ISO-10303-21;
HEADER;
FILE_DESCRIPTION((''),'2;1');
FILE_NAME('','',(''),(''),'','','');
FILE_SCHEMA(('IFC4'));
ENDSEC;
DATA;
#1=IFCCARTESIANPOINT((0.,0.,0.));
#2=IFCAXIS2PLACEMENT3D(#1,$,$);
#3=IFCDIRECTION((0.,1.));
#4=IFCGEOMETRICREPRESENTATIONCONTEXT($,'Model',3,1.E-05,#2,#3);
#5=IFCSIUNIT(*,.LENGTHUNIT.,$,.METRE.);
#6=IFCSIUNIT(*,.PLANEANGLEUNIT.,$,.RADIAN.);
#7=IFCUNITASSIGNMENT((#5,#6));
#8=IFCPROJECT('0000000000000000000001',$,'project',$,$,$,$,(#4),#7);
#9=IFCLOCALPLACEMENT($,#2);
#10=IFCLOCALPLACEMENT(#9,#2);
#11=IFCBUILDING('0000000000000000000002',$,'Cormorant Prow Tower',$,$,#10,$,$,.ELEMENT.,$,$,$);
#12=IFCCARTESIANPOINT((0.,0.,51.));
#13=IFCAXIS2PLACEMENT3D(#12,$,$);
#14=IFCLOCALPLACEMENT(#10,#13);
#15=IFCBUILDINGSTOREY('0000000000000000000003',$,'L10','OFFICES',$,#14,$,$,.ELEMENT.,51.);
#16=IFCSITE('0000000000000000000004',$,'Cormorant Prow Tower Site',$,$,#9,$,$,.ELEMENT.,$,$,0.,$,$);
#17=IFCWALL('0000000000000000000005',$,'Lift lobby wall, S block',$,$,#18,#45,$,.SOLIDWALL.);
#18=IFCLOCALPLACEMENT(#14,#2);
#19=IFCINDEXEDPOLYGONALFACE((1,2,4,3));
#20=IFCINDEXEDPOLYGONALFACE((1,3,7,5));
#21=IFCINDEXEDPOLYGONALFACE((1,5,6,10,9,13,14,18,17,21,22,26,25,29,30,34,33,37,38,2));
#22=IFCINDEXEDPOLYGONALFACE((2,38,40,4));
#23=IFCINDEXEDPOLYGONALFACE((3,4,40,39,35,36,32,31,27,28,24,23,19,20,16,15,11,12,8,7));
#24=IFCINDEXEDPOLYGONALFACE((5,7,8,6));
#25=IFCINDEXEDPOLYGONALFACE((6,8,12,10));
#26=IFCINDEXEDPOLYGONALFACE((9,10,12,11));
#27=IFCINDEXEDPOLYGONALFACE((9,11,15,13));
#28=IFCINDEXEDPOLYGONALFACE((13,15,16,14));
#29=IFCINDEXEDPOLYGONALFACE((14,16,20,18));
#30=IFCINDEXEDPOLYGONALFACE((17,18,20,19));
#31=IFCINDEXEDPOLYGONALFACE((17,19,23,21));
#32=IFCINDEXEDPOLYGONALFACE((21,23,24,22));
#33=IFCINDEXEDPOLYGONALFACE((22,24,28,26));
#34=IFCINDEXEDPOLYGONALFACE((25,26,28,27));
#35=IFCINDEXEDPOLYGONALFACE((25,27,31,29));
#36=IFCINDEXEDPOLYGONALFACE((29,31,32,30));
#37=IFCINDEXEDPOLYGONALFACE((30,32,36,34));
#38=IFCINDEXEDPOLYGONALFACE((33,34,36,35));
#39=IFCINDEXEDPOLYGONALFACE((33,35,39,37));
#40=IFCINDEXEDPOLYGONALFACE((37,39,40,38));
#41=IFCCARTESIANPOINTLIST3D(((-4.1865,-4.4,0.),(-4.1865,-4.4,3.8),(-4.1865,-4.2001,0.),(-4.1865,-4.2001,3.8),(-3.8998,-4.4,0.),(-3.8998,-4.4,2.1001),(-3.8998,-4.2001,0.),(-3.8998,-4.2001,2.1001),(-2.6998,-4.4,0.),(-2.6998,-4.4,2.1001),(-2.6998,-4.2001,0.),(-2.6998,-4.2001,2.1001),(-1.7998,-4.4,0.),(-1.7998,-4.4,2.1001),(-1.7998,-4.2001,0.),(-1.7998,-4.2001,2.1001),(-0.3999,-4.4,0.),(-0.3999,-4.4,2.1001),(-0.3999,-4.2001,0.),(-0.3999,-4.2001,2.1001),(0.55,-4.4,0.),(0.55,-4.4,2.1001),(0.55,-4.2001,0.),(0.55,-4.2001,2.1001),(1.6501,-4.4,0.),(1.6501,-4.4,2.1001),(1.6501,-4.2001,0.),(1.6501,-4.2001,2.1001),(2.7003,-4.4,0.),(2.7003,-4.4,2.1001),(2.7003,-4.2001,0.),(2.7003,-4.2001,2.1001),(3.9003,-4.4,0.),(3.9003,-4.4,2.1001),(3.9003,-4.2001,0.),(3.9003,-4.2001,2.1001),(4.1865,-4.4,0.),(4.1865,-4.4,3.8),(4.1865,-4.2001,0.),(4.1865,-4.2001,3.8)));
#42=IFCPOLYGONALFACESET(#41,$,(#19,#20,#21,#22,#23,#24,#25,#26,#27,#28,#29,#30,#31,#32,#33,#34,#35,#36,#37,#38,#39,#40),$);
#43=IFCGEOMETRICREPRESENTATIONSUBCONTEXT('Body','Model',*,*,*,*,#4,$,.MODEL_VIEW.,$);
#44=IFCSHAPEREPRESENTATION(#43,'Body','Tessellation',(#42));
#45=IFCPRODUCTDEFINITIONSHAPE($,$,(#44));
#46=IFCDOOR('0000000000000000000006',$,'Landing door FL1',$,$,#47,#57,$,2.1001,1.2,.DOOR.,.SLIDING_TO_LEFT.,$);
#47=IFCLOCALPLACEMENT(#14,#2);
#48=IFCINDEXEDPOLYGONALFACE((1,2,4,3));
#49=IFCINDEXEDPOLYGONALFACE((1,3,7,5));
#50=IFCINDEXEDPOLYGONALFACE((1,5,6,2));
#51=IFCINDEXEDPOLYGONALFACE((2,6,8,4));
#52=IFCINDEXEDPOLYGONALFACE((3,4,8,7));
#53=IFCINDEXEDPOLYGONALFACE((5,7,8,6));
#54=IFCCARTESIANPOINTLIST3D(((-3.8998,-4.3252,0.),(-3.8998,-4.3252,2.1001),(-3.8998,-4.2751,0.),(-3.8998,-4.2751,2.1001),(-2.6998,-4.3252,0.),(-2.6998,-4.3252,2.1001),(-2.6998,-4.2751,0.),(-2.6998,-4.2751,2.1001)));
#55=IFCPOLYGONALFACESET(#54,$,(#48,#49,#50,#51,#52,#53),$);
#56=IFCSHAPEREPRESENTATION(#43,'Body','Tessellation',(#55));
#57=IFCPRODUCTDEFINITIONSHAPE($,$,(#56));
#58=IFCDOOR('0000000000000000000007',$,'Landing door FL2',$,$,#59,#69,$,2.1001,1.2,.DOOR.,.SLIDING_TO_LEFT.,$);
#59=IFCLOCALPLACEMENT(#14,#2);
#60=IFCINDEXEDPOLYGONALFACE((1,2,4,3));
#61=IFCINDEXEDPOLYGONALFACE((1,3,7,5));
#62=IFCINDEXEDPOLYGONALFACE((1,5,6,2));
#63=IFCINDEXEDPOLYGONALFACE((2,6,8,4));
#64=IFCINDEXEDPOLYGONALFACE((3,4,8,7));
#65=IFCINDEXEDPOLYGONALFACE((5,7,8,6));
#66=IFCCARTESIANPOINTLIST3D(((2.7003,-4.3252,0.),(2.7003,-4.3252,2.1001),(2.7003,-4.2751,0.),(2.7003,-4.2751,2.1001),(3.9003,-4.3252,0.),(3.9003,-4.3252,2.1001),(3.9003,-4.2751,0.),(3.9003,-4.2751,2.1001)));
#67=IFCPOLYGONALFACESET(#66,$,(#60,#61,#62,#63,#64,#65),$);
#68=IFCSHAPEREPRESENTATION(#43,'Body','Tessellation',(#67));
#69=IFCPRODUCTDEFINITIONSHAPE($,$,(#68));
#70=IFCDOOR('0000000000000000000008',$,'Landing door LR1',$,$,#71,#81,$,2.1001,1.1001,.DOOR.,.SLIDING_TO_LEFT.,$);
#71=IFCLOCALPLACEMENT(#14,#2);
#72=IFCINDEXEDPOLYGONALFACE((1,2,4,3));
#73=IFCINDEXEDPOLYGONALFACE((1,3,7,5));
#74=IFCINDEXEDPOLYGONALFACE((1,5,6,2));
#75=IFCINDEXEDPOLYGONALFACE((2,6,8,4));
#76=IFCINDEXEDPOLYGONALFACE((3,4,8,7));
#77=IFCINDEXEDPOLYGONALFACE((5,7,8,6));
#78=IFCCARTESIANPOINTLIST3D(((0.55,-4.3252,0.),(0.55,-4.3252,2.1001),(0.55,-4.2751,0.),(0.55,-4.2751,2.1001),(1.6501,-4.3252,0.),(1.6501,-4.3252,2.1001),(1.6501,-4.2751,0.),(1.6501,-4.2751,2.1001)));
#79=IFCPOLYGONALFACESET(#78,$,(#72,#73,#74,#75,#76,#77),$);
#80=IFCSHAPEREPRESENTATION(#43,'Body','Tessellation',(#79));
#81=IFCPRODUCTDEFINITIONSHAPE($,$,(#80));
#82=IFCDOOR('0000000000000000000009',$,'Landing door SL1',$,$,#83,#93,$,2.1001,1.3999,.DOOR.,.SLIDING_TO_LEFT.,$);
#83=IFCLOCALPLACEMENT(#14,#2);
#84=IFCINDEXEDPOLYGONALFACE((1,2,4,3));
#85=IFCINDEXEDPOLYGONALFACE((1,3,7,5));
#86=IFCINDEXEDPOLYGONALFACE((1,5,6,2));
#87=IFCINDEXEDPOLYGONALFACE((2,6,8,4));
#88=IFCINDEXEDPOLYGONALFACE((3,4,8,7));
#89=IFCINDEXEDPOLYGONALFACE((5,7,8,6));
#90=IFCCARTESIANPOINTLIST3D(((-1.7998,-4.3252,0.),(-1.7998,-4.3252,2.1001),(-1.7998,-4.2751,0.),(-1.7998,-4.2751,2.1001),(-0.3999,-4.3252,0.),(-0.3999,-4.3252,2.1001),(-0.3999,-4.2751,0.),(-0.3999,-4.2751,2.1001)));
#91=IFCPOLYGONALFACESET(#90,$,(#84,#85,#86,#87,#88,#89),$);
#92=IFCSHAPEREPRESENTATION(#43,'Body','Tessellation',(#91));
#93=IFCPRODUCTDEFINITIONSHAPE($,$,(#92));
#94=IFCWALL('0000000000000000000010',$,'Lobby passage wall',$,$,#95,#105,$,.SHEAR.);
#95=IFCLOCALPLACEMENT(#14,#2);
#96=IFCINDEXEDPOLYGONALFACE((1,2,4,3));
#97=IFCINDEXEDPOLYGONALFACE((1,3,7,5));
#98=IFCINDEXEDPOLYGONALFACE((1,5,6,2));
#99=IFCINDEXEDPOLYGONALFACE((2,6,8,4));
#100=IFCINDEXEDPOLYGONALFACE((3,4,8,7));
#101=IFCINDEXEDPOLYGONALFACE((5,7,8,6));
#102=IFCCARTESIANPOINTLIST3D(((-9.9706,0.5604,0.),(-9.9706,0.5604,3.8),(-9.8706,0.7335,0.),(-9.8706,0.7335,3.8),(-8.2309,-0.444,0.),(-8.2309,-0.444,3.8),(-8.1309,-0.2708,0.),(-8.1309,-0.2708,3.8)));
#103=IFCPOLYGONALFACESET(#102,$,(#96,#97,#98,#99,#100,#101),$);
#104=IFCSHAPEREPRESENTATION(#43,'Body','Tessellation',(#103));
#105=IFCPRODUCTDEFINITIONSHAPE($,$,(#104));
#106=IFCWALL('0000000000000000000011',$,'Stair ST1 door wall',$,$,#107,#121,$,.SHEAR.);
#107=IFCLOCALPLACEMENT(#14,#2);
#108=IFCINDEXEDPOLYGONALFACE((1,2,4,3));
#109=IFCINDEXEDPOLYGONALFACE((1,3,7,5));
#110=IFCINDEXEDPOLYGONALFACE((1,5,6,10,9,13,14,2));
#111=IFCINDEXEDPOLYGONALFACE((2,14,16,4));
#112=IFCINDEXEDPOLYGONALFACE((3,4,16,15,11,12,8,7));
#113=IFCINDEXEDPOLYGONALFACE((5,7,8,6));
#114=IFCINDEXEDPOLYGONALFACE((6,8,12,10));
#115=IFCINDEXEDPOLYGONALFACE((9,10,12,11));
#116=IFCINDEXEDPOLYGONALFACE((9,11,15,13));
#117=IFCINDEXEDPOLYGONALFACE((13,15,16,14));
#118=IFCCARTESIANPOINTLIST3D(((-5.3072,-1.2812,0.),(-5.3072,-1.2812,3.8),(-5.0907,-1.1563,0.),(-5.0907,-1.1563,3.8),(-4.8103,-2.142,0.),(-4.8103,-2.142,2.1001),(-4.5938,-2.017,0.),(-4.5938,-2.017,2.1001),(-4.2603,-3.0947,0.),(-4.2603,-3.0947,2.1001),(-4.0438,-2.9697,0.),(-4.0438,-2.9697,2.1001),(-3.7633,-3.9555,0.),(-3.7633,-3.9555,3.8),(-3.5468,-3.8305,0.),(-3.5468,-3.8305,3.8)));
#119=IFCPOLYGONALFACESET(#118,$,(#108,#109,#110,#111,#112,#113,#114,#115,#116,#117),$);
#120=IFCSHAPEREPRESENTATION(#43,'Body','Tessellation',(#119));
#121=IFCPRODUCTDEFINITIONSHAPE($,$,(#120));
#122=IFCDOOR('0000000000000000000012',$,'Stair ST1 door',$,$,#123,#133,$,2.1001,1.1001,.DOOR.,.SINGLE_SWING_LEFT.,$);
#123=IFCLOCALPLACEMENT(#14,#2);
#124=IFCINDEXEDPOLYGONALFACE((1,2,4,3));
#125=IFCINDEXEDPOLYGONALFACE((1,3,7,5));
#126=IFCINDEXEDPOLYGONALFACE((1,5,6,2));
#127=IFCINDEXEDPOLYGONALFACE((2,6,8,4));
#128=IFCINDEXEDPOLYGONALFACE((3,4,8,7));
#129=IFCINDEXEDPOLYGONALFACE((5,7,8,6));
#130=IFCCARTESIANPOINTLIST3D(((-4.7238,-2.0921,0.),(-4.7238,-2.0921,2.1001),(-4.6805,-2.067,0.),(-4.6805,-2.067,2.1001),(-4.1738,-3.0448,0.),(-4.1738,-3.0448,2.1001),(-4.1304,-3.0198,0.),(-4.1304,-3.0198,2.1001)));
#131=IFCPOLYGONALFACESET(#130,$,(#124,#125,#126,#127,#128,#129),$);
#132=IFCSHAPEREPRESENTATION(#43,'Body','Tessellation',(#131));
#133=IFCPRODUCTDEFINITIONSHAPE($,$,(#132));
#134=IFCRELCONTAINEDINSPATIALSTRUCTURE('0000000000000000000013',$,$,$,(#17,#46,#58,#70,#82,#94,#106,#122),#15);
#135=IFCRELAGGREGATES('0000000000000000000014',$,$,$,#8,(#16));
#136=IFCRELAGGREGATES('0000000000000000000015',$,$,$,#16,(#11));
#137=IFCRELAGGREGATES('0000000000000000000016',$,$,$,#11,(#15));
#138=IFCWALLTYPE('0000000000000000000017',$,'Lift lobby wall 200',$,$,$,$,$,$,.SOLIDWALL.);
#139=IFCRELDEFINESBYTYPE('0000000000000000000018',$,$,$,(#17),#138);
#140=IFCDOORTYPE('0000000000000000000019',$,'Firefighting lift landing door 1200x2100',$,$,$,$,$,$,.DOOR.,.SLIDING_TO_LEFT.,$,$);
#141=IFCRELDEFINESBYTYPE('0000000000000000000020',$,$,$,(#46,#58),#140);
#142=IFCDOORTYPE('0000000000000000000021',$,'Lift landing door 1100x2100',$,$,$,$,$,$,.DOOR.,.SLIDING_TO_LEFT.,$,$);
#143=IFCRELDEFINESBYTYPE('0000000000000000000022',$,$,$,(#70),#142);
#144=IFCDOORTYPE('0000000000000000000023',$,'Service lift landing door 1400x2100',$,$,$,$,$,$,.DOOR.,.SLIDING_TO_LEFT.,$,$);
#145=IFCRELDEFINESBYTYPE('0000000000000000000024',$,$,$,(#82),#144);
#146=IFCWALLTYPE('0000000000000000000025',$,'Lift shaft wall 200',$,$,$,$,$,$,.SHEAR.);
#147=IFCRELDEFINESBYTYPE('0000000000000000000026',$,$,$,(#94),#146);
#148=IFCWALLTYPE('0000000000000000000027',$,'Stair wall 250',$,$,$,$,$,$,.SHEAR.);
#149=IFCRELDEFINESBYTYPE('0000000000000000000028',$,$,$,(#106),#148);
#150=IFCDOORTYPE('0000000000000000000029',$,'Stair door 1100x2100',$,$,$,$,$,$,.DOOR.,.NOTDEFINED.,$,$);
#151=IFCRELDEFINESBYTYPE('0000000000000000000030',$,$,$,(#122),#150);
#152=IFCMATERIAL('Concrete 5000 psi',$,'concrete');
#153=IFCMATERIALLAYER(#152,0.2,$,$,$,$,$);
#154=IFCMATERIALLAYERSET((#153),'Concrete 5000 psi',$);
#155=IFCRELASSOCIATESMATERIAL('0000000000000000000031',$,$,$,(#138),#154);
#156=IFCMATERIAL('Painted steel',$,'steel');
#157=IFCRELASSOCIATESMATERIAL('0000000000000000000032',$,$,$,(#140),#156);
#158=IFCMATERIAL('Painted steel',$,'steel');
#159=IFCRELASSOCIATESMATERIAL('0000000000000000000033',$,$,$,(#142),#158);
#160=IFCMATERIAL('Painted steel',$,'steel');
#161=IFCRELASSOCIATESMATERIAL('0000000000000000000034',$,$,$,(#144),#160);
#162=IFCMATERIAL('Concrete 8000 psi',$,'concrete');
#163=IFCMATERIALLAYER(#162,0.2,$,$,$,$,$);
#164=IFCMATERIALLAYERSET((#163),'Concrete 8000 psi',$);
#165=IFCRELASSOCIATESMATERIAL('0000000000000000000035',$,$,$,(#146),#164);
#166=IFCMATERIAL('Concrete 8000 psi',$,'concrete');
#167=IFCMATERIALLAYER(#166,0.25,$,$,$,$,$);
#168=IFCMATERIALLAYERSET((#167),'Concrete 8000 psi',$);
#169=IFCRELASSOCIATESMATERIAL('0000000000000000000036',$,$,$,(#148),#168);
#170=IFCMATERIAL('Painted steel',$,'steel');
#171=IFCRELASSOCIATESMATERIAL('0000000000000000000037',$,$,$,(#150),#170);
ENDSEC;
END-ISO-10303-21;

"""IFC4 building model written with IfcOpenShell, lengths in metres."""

from ifc_helpers import new_model, si_unit, direction, frame, frame_2d, origin, place, context, subcontext, project, spatial, rectangle, extrude, material, layer, layer_set, type_object, element, fill, save


model = new_model("IFC4")

# Units and contexts
model_context = context("Model", 3, precision=1e-05, world=origin(), true_north=direction((0.0, 1.0)))
body_context = subcontext(model_context, "Body", "Model", "MODEL_VIEW")
ifc_project = project(units=[si_unit("LENGTHUNIT", "METRE"), si_unit("PLANEANGLEUNIT", "RADIAN")], contexts=[model_context])

# Site, building, storey
site_placement = place(None, origin())
site = spatial("IfcSite", under=ifc_project, at=site_placement, Name="Cormorant Prow Tower Site", CompositionType="ELEMENT", RefElevation=0.0)
building_placement = place(site_placement, origin())
building = spatial("IfcBuilding", under=site, at=building_placement, Name="Cormorant Prow Tower", CompositionType="ELEMENT")
storey_placement = place(building_placement, frame((0.0, 0.0, 51.0)))
storey = spatial("IfcBuildingStorey", under=building, at=storey_placement, Name="L10", Description="OFFICES", CompositionType="ELEMENT", Elevation=51.0)

# Wall, openings, doors
ifc_material_1 = material(Name="Concrete 5000 psi", Category="concrete")
ifc_layer_1 = layer(ifc_material_1, 0.2)
ifc_layer_set_1 = layer_set([ifc_layer_1], Name="Concrete 5000 psi")
wall_type_1 = type_object("IfcWallType", Name="Lift lobby wall 200", PredefinedType="SOLIDWALL", material=ifc_layer_set_1)
wall_1_placement = place(storey_placement, frame((-4.1865, -4.3, 0.0), z_axis=(0.0, 0.0, 1.0), x_axis=(1.0, 0.0, 0.0)))
wall_1 = element("IfcWall", 1, at=wall_1_placement, inside=storey, type_object=wall_type_1, Name="Lift lobby wall, S block", PredefinedType="SOLIDWALL", context=body_context, shape_type="SweptSolid", body=[
    extrude(rectangle(XDim=8.373, YDim=0.2, at=frame_2d((4.1865, 0.0))), origin(), (0.0, 0.0, 1.0), 3.8),
])
opening_1_placement = place(wall_1_placement, frame((0.2866, 0.0, 0.0)))
opening_1 = element("IfcOpeningElement", 2, at=opening_1_placement, cuts=wall_1, PredefinedType="OPENING", context=body_context, shape_type="SweptSolid", body=[
    extrude(rectangle(XDim=1.2, YDim=2.1001, at=frame_2d((0.6001, 1.05))), frame((0.0, 0.1099, 0.0), z_axis=(0.0, -1.0, 0.0), x_axis=(1.0, 0.0, 0.0)), (0.0, 0.0, 1.0), 0.22),
])
opening_2_placement = place(wall_1_placement, frame((2.3867, 0.0, 0.0)))
opening_2 = element("IfcOpeningElement", 3, at=opening_2_placement, cuts=wall_1, PredefinedType="OPENING", context=body_context, shape_type="SweptSolid", body=[
    extrude(rectangle(XDim=1.3999, YDim=2.1001, at=frame_2d((0.7, 1.05))), frame((0.0, 0.1099, 0.0), z_axis=(0.0, -1.0, 0.0), x_axis=(1.0, 0.0, 0.0)), (0.0, 0.0, 1.0), 0.22),
])
opening_3_placement = place(wall_1_placement, frame((4.7366, 0.0, 0.0)))
opening_3 = element("IfcOpeningElement", 4, at=opening_3_placement, cuts=wall_1, PredefinedType="OPENING", context=body_context, shape_type="SweptSolid", body=[
    extrude(rectangle(XDim=1.1001, YDim=2.1001, at=frame_2d((0.55, 1.05))), frame((0.0, 0.1099, 0.0), z_axis=(0.0, -1.0, 0.0), x_axis=(1.0, 0.0, 0.0)), (0.0, 0.0, 1.0), 0.22),
])
opening_4_placement = place(wall_1_placement, frame((6.8867, 0.0, 0.0)))
opening_4 = element("IfcOpeningElement", 5, at=opening_4_placement, cuts=wall_1, PredefinedType="OPENING", context=body_context, shape_type="SweptSolid", body=[
    extrude(rectangle(XDim=1.2, YDim=2.1001, at=frame_2d((0.6001, 1.05))), frame((0.0, 0.1099, 0.0), z_axis=(0.0, -1.0, 0.0), x_axis=(1.0, 0.0, 0.0)), (0.0, 0.0, 1.0), 0.22),
])
ifc_material_2 = material(Name="Painted steel", Category="steel")
door_type_1 = type_object("IfcDoorType", Name="Firefighting lift landing door 1200x2100", OperationType="SLIDING_TO_LEFT", PredefinedType="DOOR", material=ifc_material_2)
door_1_placement = place(opening_1_placement, origin())
door_1 = element("IfcDoor", 6, at=door_1_placement, inside=storey, type_object=door_type_1, Name="Landing door FL1", OperationType="SLIDING_TO_LEFT", OverallHeight=2.1001, OverallWidth=1.2, PredefinedType="DOOR", context=body_context, shape_type="SweptSolid", body=[
    extrude(rectangle(XDim=1.2, YDim=2.1001, at=frame_2d((0.6001, 1.05))), frame((0.0, 0.0249, 0.0), z_axis=(0.0, -1.0, 0.0), x_axis=(1.0, 0.0, 0.0)), (0.0, 0.0, 1.0), 0.05),
])
fill(opening_1, door_1)
door_2_placement = place(opening_4_placement, origin())
door_2 = element("IfcDoor", 7, at=door_2_placement, inside=storey, type_object=door_type_1, Name="Landing door FL2", OperationType="SLIDING_TO_LEFT", OverallHeight=2.1001, OverallWidth=1.2, PredefinedType="DOOR", context=body_context, shape_type="SweptSolid", body=[
    extrude(rectangle(XDim=1.2, YDim=2.1001, at=frame_2d((0.6001, 1.05))), frame((0.0, 0.0249, 0.0), z_axis=(0.0, -1.0, 0.0), x_axis=(1.0, 0.0, 0.0)), (0.0, 0.0, 1.0), 0.05),
])
fill(opening_4, door_2)
ifc_material_3 = material(Name="Painted steel", Category="steel")
door_type_2 = type_object("IfcDoorType", Name="Lift landing door 1100x2100", OperationType="SLIDING_TO_LEFT", PredefinedType="DOOR", material=ifc_material_3)
door_3_placement = place(opening_3_placement, origin())
door_3 = element("IfcDoor", 8, at=door_3_placement, inside=storey, type_object=door_type_2, Name="Landing door LR1", OperationType="SLIDING_TO_LEFT", OverallHeight=2.1001, OverallWidth=1.1001, PredefinedType="DOOR", context=body_context, shape_type="SweptSolid", body=[
    extrude(rectangle(XDim=1.1001, YDim=2.1001, at=frame_2d((0.55, 1.05))), frame((0.0, 0.0249, 0.0), z_axis=(0.0, -1.0, 0.0), x_axis=(1.0, 0.0, 0.0)), (0.0, 0.0, 1.0), 0.05),
])
fill(opening_3, door_3)
ifc_material_4 = material(Name="Painted steel", Category="steel")
door_type_3 = type_object("IfcDoorType", Name="Service lift landing door 1400x2100", OperationType="SLIDING_TO_LEFT", PredefinedType="DOOR", material=ifc_material_4)
door_4_placement = place(opening_2_placement, origin())
door_4 = element("IfcDoor", 9, at=door_4_placement, inside=storey, type_object=door_type_3, Name="Landing door SL1", OperationType="SLIDING_TO_LEFT", OverallHeight=2.1001, OverallWidth=1.3999, PredefinedType="DOOR", context=body_context, shape_type="SweptSolid", body=[
    extrude(rectangle(XDim=1.3999, YDim=2.1001, at=frame_2d((0.7, 1.05))), frame((0.0, 0.0249, 0.0), z_axis=(0.0, -1.0, 0.0), x_axis=(1.0, 0.0, 0.0)), (0.0, 0.0, 1.0), 0.05),
])
fill(opening_2, door_4)

# Wall
ifc_material_5 = material(Name="Concrete 8000 psi", Category="concrete")
ifc_layer_2 = layer(ifc_material_5, 0.2)
ifc_layer_set_2 = layer_set([ifc_layer_2], Name="Concrete 8000 psi")
wall_type_2 = type_object("IfcWallType", Name="Lift shaft wall 200", PredefinedType="SHEAR", material=ifc_layer_set_2)
wall_2_placement = place(storey_placement, frame((-8.1809, -0.3574, 0.0), z_axis=(0.0, 0.0, 1.0), x_axis=(-0.866036, 0.499982, 0.0)))
element("IfcWall", 10, at=wall_2_placement, inside=storey, type_object=wall_type_2, Name="Lobby passage wall", PredefinedType="SHEAR", context=body_context, shape_type="SweptSolid", body=[
    extrude(rectangle(XDim=2.0088, YDim=0.2, at=frame_2d((1.0044, 0.0))), origin(), (0.0, 0.0, 1.0), 3.8),
])

# Wall, opening, door
ifc_material_6 = material(Name="Concrete 8000 psi", Category="concrete")
ifc_layer_3 = layer(ifc_material_6, 0.25)
ifc_layer_set_3 = layer_set([ifc_layer_3], Name="Concrete 8000 psi")
wall_type_3 = type_object("IfcWallType", Name="Stair wall 250", PredefinedType="SHEAR", material=ifc_layer_set_3)
wall_3_placement = place(storey_placement, frame((-5.199, -1.2188, 0.0), z_axis=(0.0, 0.0, 1.0), x_axis=(0.499983, -0.866035, 0.0)))
wall_3 = element("IfcWall", 11, at=wall_3_placement, inside=storey, type_object=wall_type_3, Name="Stair ST1 door wall", PredefinedType="SHEAR", context=body_context, shape_type="SweptSolid", body=[
    extrude(rectangle(XDim=3.0879, YDim=0.25, at=frame_2d((1.5439, 0.0))), origin(), (0.0, 0.0, 1.0), 3.8),
])
opening_5_placement = place(wall_3_placement, frame((0.9939, 0.0, 0.0)))
opening_5 = element("IfcOpeningElement", 12, at=opening_5_placement, cuts=wall_3, PredefinedType="OPENING", context=body_context, shape_type="SweptSolid", body=[
    extrude(rectangle(XDim=1.1001, YDim=2.1001, at=frame_2d((0.55, 1.05))), frame((0.0, 0.135, 0.0), z_axis=(0.0, -1.0, 0.0), x_axis=(1.0, 0.0, 0.0)), (0.0, 0.0, 1.0), 0.27),
])
ifc_material_7 = material(Name="Painted steel", Category="steel")
door_type_4 = type_object("IfcDoorType", Name="Stair door 1100x2100", OperationType="NOTDEFINED", PredefinedType="DOOR", material=ifc_material_7)
door_5_placement = place(opening_5_placement, origin())
door_5 = element("IfcDoor", 13, at=door_5_placement, inside=storey, type_object=door_type_4, Name="Stair ST1 door", OperationType="SINGLE_SWING_LEFT", OverallHeight=2.1001, OverallWidth=1.1001, PredefinedType="DOOR", context=body_context, shape_type="SweptSolid", body=[
    extrude(rectangle(XDim=1.1001, YDim=2.1001, at=frame_2d((0.55, 1.05))), frame((0.0, 0.0249, 0.0), z_axis=(0.0, -1.0, 0.0), x_axis=(1.0, 0.0, 0.0)), (0.0, 0.0, 1.0), 0.05),
])
fill(opening_5, door_5)

save(model, "model.ifc")
